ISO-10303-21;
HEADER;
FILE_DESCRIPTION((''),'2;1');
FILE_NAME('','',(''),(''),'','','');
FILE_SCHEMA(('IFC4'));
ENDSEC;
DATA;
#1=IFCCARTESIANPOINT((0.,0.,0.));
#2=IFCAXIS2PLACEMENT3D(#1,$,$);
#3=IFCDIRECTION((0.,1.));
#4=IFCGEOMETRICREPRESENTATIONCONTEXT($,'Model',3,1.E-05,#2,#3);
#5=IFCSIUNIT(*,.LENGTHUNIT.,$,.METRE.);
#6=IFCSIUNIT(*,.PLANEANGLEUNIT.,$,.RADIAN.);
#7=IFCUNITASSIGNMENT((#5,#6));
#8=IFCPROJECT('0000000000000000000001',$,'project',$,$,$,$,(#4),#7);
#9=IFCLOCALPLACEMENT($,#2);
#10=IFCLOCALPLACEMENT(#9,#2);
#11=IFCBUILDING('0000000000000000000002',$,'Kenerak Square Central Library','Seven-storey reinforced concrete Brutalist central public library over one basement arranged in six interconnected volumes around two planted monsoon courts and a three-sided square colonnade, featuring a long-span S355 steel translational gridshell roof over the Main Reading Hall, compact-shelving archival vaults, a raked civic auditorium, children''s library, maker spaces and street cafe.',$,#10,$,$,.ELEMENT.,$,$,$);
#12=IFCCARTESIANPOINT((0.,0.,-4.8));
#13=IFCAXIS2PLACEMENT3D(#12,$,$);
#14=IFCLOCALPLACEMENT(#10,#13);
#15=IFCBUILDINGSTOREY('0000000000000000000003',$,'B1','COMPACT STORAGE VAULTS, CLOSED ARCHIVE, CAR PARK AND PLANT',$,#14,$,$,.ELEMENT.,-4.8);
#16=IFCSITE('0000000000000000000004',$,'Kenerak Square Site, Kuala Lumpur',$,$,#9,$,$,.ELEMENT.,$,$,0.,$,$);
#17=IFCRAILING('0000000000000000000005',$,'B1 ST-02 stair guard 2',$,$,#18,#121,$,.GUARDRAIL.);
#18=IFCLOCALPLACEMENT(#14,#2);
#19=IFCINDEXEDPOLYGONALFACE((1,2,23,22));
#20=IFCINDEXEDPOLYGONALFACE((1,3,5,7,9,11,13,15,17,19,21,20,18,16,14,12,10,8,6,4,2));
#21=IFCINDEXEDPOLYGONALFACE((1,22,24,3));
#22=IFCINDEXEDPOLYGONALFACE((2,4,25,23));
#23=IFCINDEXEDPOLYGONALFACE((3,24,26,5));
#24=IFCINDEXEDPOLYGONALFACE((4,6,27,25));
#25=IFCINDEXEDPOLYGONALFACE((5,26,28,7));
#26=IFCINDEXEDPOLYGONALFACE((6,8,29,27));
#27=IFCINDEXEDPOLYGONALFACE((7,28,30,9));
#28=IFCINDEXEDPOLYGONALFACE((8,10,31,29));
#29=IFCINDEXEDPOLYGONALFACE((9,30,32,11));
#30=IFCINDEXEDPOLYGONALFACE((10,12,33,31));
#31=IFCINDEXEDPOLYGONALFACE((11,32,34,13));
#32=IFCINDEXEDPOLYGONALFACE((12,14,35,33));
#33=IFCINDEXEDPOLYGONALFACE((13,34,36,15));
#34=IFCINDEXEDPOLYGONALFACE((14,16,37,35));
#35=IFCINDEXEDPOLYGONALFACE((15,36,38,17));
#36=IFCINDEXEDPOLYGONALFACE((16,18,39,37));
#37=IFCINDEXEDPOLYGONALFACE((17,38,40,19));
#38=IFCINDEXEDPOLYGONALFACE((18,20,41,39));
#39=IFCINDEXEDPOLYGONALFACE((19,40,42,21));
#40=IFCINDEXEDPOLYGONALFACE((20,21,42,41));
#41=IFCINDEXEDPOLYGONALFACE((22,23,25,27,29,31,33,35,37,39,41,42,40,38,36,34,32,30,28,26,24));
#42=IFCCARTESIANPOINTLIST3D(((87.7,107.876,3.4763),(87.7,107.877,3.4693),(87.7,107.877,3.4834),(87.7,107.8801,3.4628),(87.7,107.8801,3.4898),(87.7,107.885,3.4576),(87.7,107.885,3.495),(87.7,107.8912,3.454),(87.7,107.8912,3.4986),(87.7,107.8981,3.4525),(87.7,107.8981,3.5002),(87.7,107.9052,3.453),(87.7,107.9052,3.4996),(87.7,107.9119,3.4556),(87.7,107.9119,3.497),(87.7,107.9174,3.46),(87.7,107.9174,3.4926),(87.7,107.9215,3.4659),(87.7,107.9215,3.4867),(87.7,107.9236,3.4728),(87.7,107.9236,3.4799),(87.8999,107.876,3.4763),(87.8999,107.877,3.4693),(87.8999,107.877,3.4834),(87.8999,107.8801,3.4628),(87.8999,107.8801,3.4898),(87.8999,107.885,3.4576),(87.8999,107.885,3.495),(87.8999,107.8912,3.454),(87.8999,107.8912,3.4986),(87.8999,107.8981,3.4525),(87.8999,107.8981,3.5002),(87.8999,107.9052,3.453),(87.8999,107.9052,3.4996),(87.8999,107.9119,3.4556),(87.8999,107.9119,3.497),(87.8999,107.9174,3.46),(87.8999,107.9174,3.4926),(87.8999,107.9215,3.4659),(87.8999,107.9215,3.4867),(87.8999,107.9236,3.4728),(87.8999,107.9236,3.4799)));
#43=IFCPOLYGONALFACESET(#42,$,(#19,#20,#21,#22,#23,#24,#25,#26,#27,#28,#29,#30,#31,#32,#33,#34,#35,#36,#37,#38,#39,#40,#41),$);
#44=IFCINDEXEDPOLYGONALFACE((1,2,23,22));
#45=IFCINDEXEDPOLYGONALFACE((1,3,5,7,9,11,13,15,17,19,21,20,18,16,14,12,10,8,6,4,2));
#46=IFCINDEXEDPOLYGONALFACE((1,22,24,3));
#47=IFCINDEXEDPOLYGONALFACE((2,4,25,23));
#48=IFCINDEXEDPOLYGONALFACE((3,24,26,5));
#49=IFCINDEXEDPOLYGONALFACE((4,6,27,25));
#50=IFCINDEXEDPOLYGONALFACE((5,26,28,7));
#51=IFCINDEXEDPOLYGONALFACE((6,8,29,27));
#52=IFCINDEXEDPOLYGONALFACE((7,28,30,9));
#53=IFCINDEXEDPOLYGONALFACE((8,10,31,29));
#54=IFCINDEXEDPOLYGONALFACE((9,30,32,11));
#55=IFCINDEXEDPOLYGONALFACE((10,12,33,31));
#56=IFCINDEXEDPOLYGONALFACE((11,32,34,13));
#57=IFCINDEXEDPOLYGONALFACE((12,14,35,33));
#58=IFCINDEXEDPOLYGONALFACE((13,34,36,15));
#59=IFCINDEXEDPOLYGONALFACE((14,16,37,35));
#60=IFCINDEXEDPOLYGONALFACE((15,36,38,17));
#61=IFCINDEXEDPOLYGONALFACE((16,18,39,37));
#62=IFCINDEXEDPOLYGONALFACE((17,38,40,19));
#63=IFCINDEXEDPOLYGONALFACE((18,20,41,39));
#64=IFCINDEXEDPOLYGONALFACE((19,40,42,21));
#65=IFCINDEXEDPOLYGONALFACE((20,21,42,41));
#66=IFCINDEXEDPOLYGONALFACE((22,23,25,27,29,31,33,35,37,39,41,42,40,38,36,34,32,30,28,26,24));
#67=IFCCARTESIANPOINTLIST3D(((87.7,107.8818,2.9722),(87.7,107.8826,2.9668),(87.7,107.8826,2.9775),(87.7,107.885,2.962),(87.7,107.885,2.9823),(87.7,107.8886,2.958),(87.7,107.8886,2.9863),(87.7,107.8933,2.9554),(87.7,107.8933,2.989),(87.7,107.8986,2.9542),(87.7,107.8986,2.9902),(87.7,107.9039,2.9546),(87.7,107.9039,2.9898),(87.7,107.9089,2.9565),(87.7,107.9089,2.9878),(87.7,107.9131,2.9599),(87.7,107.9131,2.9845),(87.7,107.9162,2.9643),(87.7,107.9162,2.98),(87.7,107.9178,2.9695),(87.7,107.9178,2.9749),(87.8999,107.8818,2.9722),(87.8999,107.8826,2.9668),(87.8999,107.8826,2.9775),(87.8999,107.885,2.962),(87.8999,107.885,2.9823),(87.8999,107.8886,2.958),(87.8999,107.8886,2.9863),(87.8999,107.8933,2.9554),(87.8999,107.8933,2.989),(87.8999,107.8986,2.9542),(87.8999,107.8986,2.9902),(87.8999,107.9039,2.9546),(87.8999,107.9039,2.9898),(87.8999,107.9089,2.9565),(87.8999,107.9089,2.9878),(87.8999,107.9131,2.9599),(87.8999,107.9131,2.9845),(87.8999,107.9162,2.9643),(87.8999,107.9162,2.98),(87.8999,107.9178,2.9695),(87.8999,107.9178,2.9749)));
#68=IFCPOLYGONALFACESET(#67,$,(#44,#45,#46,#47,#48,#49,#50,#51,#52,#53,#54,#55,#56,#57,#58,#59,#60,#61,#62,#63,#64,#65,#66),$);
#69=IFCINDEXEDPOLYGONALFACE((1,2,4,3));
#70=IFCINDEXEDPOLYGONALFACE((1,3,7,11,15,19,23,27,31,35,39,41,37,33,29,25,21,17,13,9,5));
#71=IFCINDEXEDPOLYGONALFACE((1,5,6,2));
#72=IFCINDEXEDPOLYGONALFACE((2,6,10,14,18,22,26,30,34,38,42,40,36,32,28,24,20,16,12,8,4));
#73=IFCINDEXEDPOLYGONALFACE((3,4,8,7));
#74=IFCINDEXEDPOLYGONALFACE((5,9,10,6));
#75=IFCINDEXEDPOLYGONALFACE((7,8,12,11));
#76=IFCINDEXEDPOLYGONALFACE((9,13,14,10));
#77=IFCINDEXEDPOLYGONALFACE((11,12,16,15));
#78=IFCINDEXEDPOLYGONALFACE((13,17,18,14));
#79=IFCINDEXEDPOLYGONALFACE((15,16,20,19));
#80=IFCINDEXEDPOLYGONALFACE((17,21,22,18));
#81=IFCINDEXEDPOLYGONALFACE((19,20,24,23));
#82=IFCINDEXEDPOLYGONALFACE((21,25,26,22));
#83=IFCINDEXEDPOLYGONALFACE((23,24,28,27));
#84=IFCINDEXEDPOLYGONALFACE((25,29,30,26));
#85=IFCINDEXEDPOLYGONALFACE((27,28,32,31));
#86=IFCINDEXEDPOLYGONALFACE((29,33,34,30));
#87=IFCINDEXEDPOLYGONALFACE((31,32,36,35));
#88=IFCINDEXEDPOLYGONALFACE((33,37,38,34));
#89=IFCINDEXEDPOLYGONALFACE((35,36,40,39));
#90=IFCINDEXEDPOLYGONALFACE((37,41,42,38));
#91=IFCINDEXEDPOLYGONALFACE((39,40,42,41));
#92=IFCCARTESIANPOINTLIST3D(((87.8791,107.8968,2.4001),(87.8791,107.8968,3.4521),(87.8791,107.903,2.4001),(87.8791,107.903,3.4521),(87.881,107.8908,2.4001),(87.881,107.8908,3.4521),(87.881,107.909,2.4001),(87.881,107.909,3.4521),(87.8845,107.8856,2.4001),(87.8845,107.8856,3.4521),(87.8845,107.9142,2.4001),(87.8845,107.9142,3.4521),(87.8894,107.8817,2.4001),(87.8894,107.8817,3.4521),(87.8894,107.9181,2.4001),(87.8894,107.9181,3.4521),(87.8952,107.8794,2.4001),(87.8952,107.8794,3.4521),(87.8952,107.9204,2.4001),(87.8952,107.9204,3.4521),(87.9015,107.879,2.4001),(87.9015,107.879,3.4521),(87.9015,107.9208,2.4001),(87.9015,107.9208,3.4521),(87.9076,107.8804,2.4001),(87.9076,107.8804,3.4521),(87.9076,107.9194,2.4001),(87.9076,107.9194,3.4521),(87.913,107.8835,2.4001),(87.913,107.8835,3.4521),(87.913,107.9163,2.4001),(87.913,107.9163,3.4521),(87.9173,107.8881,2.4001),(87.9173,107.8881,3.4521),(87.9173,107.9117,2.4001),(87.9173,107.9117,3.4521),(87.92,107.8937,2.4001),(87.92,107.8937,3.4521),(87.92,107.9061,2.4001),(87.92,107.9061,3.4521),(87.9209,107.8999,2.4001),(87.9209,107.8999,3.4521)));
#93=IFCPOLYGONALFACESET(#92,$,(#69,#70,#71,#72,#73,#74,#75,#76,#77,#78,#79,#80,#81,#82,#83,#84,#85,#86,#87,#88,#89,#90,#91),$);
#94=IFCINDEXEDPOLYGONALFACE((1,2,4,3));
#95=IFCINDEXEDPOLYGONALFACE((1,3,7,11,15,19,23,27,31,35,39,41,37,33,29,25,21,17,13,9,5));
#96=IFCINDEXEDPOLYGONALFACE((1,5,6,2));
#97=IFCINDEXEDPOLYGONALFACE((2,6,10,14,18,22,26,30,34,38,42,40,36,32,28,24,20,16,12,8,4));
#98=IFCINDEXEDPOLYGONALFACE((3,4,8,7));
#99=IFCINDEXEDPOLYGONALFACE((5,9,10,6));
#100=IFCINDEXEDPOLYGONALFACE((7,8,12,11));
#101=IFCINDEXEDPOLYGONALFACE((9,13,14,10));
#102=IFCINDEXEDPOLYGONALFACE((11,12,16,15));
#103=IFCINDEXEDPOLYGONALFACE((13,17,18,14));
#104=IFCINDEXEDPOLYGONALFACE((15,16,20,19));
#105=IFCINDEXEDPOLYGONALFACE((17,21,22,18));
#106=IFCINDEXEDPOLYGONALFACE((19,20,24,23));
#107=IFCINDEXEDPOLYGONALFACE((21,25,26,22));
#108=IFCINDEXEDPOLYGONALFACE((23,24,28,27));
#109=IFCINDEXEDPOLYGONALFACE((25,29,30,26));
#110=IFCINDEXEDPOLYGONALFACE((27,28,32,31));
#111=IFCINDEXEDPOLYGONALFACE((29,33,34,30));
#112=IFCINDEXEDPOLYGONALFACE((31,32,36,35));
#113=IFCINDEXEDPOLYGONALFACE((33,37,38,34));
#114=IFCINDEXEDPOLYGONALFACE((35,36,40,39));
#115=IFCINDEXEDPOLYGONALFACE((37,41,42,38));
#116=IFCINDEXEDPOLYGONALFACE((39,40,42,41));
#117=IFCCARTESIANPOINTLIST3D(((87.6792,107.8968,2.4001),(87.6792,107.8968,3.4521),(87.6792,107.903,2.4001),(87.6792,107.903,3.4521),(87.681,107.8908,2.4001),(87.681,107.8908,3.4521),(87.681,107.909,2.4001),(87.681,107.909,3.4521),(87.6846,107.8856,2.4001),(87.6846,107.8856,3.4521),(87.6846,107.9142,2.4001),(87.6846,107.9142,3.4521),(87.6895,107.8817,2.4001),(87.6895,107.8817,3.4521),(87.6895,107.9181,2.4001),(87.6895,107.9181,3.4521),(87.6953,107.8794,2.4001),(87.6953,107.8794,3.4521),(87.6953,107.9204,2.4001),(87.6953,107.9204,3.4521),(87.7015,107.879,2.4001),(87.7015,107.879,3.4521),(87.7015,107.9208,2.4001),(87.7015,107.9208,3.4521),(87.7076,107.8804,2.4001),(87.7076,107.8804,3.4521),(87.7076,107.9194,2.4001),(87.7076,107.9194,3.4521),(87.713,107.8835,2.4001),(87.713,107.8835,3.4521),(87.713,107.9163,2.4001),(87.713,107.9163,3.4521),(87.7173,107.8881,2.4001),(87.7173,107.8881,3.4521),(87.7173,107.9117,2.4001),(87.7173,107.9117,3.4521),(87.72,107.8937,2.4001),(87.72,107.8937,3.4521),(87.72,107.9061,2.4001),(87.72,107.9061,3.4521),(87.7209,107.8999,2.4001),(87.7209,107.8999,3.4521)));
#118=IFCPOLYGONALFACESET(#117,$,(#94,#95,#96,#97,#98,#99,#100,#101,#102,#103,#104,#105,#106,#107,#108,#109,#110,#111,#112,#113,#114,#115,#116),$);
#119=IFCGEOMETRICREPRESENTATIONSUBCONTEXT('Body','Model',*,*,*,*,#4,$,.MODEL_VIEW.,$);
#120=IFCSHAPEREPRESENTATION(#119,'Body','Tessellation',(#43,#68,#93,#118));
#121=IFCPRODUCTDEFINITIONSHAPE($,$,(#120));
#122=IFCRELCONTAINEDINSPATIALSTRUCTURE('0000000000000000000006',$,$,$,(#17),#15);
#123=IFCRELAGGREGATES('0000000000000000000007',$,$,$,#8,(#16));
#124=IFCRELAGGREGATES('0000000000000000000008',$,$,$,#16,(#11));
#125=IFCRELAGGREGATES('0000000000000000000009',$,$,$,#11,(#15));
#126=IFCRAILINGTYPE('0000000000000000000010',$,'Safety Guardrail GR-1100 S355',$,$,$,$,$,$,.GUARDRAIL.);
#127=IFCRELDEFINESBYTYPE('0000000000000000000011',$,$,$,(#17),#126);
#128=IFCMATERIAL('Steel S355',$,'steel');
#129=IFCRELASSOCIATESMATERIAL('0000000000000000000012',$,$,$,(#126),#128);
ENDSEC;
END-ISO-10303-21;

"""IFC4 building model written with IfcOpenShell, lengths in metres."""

from ifc_helpers import new_model, si_unit, direction, frame, origin, origin_2d, place, context, subcontext, project, spatial, circle, extrude, material, type_object, element, save


model = new_model("IFC4")

# Units and contexts
model_context = context("Model", 3, precision=1e-05, world=origin(), true_north=direction((0.0, 1.0)))
body_context = subcontext(model_context, "Body", "Model", "MODEL_VIEW")
ifc_project = project(units=[si_unit("LENGTHUNIT", "METRE"), si_unit("PLANEANGLEUNIT", "RADIAN")], contexts=[model_context])

# Site, building, storey
site_placement = place(None, origin())
site = spatial("IfcSite", under=ifc_project, at=site_placement, Name="Kenerak Square Site, Kuala Lumpur", CompositionType="ELEMENT", RefElevation=0.0)
building_placement = place(site_placement, origin())
building = spatial("IfcBuilding", under=site, at=building_placement, Name="Kenerak Square Central Library", Description="Seven-storey reinforced concrete Brutalist central public library over one basement arranged in six interconnected volumes around two planted monsoon courts and a three-sided square colonnade, featuring a long-span S355 steel translational gridshell roof over the Main Reading Hall, compact-shelving archival vaults, a raked civic auditorium, children's library, maker spaces and street cafe.", CompositionType="ELEMENT")
storey_placement = place(building_placement, frame((0.0, 0.0, -4.8)))
storey = spatial("IfcBuildingStorey", under=building, at=storey_placement, Name="B1", Description="COMPACT STORAGE VAULTS, CLOSED ARCHIVE, CAR PARK AND PLANT", CompositionType="ELEMENT", Elevation=-4.8)

# Railing
ifc_material_1 = material(Name="Steel S355", Category="steel")
railing_type_1 = type_object("IfcRailingType", Name="Safety Guardrail GR-1100 S355", PredefinedType="GUARDRAIL", material=ifc_material_1)
railing_1_placement = place(storey_placement, frame((87.8999, 107.8999, 2.4001)))
element("IfcRailing", 1, at=railing_1_placement, inside=storey, type_object=railing_type_1, Name="B1 ST-02 stair guard 2", PredefinedType="GUARDRAIL", context=body_context, shape_type="SweptSolid", body=[
    extrude(circle(Radius=0.0239, at=origin_2d()), frame((0.0, 0.0, 1.0762), z_axis=(-1.0, 0.0, 0.0), x_axis=(0.0, -1.0, 0.0)), (0.0, 0.0, 1.0), 0.2),
    extrude(circle(Radius=0.0181, at=origin_2d()), frame((0.0, 0.0, 0.572), z_axis=(-1.0, 0.0, 0.0), x_axis=(0.0, -1.0, 0.0)), (0.0, 0.0, 1.0), 0.2),
    extrude(circle(Radius=0.021, at=origin_2d()), origin(), (0.0, 0.0, 1.0), 1.052),
    extrude(circle(Radius=0.021, at=origin_2d()), frame((-0.2, 0.0, 0.0)), (0.0, 0.0, 1.0), 1.052),
])

save(model, "model.ifc")
